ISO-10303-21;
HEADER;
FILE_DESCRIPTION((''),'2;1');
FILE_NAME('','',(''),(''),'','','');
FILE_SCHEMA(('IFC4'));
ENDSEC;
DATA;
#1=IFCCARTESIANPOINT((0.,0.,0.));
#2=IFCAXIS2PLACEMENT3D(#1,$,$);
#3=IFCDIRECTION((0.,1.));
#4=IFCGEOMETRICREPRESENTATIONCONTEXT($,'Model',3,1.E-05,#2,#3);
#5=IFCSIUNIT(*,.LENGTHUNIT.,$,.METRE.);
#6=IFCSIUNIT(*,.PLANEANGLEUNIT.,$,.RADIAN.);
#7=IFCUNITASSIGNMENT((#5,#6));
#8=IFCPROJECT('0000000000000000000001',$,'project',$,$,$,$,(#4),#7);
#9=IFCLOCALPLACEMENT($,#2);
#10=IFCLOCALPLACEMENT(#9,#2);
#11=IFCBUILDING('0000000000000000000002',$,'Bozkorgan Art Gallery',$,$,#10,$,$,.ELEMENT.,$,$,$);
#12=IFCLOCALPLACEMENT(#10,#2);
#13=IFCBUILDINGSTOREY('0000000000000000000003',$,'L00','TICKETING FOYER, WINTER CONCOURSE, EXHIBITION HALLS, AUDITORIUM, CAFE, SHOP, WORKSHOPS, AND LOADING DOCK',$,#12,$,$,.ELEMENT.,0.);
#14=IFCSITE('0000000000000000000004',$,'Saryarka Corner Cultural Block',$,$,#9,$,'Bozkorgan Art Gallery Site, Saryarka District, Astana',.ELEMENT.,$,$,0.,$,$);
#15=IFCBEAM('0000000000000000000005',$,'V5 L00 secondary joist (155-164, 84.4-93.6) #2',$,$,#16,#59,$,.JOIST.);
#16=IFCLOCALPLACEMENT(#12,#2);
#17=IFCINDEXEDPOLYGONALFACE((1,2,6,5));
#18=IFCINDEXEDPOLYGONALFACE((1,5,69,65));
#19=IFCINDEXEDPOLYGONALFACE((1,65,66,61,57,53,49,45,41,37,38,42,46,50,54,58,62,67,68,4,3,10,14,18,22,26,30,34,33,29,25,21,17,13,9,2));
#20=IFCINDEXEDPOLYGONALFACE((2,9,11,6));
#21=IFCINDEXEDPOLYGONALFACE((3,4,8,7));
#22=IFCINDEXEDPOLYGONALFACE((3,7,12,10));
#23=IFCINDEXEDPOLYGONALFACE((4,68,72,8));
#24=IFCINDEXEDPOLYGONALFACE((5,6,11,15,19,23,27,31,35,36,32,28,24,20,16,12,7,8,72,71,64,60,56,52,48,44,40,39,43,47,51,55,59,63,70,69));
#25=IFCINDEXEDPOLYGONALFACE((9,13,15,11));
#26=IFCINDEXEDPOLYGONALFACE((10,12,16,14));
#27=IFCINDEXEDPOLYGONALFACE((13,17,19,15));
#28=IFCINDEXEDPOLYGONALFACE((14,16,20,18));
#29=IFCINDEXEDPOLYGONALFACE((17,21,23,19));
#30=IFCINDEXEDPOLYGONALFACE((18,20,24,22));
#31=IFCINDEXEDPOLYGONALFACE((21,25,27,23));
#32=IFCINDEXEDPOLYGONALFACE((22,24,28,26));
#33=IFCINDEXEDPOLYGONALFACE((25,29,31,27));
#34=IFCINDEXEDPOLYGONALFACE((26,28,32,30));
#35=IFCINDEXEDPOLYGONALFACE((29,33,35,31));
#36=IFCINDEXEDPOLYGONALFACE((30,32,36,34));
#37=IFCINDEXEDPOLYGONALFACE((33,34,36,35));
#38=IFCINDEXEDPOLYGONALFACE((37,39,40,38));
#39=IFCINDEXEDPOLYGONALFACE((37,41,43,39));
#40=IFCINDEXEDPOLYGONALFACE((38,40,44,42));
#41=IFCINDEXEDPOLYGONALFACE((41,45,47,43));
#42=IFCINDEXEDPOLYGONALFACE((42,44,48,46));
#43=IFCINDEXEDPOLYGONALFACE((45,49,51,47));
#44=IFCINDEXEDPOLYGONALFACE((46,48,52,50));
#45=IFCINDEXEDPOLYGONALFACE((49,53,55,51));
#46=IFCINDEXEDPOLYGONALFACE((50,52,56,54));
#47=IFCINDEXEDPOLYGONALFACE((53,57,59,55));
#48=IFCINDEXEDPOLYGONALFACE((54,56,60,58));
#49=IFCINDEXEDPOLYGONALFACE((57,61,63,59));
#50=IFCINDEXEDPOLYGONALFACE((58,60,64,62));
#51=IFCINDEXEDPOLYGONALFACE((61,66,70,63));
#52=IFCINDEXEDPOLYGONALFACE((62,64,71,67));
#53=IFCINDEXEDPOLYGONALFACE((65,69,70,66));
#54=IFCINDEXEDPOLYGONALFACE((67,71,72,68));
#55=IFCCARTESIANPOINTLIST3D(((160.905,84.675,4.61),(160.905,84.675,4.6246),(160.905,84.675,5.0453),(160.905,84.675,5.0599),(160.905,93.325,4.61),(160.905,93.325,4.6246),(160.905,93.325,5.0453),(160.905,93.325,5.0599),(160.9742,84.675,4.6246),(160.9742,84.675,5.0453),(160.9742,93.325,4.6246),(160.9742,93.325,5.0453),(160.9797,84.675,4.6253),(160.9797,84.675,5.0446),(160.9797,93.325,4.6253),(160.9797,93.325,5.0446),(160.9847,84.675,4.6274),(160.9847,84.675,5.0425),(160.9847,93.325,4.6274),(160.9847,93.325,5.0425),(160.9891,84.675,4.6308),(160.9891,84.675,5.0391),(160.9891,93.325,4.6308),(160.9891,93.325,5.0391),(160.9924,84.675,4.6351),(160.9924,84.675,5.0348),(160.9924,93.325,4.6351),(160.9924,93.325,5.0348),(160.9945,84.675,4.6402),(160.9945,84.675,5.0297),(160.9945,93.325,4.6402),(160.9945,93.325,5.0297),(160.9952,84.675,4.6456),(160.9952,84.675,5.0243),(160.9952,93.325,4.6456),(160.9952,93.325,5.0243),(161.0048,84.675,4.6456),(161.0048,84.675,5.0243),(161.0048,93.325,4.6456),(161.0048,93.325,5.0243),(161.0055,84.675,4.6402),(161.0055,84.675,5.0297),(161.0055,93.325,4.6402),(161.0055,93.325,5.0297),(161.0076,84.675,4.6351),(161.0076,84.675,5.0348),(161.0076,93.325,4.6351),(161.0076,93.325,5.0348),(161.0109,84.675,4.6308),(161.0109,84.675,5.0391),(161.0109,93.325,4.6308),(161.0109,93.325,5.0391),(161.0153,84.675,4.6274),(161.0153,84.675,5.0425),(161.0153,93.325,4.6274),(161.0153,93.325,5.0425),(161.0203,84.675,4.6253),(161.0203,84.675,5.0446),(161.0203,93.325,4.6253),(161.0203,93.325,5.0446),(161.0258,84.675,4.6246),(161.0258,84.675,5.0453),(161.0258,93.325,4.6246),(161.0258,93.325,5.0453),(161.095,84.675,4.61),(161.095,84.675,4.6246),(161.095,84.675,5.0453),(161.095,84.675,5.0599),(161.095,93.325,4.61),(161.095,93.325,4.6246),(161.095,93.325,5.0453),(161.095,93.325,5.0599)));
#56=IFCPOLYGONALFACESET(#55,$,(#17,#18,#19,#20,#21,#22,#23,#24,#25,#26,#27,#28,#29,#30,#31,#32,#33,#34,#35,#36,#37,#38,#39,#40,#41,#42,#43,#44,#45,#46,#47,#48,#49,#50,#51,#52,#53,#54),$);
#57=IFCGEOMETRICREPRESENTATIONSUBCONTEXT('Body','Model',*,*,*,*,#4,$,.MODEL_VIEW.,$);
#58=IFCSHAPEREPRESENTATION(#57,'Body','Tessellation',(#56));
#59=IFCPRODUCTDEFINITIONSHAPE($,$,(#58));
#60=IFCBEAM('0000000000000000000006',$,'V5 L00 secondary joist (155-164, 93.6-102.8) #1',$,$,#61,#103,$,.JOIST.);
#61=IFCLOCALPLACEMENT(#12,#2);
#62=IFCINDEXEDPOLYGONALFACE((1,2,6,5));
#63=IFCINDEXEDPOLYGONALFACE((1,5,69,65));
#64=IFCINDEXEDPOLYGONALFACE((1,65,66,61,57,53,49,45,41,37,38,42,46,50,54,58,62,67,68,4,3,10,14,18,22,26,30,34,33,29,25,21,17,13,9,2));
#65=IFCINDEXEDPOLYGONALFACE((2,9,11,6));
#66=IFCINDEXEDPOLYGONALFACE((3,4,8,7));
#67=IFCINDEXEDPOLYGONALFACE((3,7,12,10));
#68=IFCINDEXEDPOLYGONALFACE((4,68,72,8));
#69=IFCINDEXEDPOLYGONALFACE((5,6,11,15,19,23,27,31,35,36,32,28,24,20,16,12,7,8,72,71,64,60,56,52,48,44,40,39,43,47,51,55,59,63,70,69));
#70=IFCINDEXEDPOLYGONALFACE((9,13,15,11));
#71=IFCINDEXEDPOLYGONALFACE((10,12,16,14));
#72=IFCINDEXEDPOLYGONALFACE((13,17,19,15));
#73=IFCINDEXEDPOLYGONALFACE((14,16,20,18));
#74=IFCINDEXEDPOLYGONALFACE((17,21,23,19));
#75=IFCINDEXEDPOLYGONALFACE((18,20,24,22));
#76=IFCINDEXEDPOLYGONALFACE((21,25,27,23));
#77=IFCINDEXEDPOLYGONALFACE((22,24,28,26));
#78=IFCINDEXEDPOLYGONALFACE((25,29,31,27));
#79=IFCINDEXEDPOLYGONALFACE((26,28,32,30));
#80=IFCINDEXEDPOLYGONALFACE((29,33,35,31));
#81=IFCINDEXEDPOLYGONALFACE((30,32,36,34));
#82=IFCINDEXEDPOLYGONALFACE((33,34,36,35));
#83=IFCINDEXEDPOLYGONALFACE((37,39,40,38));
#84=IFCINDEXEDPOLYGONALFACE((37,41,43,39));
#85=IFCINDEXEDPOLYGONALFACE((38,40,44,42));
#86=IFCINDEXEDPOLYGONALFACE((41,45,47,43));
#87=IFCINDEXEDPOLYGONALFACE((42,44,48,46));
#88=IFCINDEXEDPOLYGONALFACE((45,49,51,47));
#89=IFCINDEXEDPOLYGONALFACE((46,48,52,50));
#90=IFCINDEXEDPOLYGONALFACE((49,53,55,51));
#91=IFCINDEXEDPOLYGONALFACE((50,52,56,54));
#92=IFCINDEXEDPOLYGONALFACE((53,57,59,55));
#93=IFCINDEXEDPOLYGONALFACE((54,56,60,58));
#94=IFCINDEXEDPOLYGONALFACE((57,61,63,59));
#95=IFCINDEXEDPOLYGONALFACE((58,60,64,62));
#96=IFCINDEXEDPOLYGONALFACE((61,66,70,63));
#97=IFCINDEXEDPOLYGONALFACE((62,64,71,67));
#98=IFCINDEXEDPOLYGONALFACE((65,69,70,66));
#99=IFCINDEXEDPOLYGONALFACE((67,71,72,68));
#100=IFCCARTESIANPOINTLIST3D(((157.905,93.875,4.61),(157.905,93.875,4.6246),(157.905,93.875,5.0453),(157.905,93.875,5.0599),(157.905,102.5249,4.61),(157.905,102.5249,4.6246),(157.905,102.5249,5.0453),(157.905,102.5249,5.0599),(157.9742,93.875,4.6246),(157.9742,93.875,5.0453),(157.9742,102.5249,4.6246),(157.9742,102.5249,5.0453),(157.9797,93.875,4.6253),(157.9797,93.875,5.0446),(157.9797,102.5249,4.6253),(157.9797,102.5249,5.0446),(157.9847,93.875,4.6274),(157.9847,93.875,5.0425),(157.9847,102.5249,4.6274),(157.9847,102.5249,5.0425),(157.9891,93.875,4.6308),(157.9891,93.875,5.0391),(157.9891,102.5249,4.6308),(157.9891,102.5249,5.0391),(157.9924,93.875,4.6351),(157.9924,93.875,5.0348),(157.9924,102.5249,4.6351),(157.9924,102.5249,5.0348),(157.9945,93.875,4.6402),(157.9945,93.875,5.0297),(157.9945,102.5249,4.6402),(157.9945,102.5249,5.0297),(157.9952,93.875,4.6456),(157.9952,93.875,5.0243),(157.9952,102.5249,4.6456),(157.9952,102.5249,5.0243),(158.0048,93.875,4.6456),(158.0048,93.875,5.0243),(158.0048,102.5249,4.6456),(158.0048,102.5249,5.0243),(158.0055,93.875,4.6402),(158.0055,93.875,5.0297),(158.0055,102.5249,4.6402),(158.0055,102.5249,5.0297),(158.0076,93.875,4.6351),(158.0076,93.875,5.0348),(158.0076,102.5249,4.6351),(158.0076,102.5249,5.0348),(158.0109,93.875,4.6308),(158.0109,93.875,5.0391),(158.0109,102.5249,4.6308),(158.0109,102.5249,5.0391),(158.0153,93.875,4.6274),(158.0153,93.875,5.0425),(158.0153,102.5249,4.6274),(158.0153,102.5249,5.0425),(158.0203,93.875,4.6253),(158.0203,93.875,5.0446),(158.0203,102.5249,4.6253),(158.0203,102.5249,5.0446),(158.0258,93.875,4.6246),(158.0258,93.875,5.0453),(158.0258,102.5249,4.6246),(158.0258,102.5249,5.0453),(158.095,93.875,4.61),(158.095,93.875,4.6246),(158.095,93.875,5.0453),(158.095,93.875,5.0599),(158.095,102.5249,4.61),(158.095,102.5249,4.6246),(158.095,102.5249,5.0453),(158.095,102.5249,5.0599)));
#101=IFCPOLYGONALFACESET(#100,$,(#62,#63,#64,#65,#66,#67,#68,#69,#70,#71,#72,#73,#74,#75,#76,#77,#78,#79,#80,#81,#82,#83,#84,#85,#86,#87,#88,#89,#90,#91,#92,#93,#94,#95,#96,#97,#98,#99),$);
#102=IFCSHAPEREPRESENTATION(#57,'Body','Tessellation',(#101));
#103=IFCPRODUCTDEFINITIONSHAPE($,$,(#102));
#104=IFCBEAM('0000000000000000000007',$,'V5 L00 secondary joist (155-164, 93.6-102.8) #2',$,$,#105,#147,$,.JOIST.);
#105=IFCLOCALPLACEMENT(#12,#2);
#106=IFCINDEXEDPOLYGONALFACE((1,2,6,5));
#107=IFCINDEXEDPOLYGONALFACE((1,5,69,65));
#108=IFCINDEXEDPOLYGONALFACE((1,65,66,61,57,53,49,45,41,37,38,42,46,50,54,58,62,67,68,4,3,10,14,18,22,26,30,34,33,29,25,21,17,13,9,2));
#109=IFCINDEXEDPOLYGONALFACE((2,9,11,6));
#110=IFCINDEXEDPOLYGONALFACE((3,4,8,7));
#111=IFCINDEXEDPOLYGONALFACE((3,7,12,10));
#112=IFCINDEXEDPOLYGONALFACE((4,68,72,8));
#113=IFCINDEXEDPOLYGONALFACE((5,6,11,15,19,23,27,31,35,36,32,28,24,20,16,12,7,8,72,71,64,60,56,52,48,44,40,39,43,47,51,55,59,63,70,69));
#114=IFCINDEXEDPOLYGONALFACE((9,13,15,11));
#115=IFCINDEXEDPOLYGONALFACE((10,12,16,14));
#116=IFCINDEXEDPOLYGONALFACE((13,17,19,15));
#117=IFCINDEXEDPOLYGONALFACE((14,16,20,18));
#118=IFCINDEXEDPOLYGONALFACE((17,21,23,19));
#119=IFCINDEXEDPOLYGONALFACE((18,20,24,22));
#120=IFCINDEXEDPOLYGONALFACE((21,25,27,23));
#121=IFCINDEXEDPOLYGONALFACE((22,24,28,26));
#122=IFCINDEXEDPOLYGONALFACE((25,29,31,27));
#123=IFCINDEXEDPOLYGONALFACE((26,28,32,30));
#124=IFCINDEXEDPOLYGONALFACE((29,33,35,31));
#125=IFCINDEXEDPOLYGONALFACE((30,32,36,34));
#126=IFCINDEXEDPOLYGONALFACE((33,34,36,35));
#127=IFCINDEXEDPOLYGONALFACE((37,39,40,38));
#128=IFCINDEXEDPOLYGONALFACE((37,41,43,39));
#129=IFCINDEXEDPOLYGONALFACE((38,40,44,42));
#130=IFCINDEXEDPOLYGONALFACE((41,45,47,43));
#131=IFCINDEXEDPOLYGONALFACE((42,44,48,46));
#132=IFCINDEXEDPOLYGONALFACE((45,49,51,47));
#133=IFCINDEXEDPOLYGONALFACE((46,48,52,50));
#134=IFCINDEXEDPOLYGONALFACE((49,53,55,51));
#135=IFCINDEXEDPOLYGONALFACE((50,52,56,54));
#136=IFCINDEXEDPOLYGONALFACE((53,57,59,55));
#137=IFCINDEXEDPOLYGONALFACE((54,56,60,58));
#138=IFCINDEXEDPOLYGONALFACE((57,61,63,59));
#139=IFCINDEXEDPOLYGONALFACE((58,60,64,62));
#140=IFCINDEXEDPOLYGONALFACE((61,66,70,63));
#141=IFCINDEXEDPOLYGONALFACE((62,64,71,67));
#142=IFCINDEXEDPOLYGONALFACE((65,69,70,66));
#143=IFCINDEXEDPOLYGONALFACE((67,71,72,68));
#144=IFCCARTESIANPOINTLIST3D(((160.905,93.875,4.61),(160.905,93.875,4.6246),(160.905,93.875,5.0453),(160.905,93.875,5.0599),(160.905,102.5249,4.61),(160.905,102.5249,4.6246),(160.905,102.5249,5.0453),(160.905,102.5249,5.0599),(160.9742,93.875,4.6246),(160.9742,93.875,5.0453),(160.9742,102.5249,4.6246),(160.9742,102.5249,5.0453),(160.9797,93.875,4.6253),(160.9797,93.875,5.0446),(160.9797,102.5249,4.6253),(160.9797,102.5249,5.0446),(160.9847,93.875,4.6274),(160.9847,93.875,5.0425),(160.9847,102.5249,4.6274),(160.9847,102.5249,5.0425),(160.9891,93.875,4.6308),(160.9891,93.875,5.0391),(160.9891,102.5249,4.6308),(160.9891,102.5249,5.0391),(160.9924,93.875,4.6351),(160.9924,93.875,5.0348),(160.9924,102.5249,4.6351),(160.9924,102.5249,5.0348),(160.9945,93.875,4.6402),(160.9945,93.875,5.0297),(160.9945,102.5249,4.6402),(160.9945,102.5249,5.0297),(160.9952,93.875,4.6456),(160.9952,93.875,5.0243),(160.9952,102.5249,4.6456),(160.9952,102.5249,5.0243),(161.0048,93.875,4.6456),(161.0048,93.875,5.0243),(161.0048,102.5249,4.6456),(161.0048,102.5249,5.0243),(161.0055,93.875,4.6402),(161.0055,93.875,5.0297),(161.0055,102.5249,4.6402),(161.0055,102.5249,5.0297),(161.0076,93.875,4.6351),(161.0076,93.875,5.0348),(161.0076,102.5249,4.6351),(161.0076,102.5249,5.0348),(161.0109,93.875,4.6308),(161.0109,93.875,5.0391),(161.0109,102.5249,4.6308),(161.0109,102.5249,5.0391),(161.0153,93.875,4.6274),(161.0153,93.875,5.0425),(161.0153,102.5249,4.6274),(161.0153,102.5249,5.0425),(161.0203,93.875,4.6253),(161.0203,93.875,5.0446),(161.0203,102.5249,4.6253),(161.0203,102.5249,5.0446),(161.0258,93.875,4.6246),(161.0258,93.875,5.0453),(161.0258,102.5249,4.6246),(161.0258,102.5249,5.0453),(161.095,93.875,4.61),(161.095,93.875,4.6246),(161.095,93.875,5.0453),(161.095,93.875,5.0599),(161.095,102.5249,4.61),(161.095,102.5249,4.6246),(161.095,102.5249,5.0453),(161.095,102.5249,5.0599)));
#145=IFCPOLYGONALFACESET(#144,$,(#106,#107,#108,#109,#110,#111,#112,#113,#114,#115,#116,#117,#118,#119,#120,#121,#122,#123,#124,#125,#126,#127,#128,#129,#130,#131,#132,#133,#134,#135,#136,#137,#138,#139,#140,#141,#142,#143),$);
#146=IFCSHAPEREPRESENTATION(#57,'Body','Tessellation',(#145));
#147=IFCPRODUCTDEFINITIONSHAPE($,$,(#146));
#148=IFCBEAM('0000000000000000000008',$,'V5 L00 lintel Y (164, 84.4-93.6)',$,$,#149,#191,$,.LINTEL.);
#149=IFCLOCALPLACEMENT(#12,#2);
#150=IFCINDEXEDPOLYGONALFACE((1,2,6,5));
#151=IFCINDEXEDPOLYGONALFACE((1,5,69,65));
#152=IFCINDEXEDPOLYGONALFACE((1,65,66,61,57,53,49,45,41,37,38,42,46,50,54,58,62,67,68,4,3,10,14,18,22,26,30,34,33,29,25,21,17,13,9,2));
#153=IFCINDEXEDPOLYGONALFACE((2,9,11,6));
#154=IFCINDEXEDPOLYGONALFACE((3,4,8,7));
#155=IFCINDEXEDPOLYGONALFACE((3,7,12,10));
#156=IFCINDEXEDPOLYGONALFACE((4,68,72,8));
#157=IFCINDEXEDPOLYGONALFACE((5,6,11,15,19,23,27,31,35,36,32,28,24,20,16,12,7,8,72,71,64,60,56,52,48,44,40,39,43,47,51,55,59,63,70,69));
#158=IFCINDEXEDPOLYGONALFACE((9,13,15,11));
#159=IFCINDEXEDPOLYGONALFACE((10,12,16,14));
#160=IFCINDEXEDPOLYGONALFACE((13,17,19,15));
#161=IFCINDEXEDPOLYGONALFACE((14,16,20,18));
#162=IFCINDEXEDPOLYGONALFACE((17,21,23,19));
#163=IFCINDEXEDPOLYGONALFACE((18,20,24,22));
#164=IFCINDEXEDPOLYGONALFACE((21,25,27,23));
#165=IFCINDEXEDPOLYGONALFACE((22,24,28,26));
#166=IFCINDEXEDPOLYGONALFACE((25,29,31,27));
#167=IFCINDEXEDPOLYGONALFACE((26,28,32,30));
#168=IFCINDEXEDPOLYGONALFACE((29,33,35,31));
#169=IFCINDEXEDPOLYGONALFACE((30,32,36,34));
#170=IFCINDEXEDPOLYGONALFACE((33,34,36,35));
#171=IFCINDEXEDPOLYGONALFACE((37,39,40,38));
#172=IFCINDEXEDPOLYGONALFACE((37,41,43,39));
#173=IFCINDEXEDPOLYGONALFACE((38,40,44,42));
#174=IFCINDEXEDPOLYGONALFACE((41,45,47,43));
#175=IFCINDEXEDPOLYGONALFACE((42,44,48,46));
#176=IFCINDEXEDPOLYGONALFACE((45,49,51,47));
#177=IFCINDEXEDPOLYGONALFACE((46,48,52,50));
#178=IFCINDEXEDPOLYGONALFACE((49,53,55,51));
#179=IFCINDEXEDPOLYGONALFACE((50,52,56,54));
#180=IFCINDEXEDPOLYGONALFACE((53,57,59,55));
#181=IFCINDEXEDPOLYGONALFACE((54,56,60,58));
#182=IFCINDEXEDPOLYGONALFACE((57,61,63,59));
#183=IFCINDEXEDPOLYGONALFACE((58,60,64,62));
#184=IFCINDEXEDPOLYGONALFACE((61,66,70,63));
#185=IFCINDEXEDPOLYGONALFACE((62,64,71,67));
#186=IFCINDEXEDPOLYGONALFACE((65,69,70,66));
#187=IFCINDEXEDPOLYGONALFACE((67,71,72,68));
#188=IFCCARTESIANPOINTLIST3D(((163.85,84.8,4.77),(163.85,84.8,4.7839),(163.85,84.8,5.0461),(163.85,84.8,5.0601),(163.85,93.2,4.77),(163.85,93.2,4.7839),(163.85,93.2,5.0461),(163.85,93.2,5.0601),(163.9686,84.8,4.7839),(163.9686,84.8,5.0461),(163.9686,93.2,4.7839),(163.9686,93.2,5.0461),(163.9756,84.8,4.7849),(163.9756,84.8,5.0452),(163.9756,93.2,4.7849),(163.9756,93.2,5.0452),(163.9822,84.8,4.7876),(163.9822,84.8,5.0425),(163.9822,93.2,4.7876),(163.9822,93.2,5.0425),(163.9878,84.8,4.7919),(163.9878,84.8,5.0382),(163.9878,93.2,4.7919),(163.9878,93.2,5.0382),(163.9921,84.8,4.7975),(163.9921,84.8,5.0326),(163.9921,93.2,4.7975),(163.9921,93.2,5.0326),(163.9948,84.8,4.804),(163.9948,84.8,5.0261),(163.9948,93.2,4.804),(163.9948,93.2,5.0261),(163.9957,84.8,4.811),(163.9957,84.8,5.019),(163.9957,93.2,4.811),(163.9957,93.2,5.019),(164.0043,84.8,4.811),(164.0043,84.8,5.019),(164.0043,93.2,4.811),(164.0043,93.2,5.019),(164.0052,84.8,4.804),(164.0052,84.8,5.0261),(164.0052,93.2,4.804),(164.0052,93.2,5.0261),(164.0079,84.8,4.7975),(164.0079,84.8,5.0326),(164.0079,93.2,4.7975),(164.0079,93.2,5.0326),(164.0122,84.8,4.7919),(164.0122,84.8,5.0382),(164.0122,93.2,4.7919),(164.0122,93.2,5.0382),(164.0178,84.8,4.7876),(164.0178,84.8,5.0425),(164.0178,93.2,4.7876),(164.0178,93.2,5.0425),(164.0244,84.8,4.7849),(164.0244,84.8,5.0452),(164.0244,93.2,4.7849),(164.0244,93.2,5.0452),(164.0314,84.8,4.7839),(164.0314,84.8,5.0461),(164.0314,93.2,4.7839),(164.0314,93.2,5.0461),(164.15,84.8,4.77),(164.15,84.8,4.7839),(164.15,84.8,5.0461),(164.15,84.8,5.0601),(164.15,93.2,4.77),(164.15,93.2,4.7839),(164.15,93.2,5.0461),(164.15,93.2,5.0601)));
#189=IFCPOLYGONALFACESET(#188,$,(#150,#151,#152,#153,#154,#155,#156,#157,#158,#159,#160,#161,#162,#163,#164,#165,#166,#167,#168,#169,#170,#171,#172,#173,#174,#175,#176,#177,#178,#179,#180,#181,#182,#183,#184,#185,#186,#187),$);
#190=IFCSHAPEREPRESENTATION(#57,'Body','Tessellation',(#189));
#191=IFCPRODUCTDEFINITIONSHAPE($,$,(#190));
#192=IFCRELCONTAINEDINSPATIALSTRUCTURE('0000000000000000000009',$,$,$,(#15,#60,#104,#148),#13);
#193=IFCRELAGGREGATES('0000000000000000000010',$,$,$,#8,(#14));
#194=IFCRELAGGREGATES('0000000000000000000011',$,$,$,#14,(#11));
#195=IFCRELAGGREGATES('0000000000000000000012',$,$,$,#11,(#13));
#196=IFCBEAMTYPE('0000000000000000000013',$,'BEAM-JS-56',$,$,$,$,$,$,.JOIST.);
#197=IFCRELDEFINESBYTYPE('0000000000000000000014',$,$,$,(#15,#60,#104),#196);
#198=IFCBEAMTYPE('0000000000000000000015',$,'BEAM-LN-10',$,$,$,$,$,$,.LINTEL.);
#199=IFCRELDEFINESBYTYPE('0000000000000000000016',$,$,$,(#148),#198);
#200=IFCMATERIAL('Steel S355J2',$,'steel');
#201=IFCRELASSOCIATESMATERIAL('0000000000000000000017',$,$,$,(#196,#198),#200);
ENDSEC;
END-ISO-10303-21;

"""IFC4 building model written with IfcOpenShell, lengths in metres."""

from ifc_helpers import new_model, si_unit, direction, frame, origin, origin_2d, place, context, subcontext, project, spatial, i_section, extrude, material, material_profile, profile_set, type_object, element, save


model = new_model("IFC4")

# Units and contexts
model_context = context("Model", 3, precision=1e-05, world=origin(), true_north=direction((0.0, 1.0)))
body_context = subcontext(model_context, "Body", "Model", "MODEL_VIEW")
ifc_project = project(units=[si_unit("LENGTHUNIT", "METRE"), si_unit("PLANEANGLEUNIT", "RADIAN")], contexts=[model_context])

# Site, building, storey
site_placement = place(None, origin())
site = spatial("IfcSite", under=ifc_project, at=site_placement, Name="Saryarka Corner Cultural Block", LongName="Bozkorgan Art Gallery Site, Saryarka District, Astana", CompositionType="ELEMENT", RefElevation=0.0)
building_placement = place(site_placement, origin())
building = spatial("IfcBuilding", under=site, at=building_placement, Name="Bozkorgan Art Gallery", CompositionType="ELEMENT")
storey_placement = place(building_placement, origin())
storey = spatial("IfcBuildingStorey", under=building, at=storey_placement, Name="L00", Description="TICKETING FOYER, WINTER CONCOURSE, EXHIBITION HALLS, AUDITORIUM, CAFE, SHOP, WORKSHOPS, AND LOADING DOCK", CompositionType="ELEMENT", Elevation=0.0)

# Beams
ifc_material_1 = material(Name="Steel S355J2", Category="steel")
ifc_material_profile_1 = material_profile(ifc_material_1, i_section(OverallWidth=0.1899, OverallDepth=0.45, WebThickness=0.0095, FlangeThickness=0.0146, FilletRadius=0.021, at=origin_2d()), Name="IPE 450")
ifc_profile_set_1 = profile_set([ifc_material_profile_1], Name="Steel S355J2")
beam_type_1 = type_object("IfcBeamType", Name="BEAM-JS-56", PredefinedType="JOIST", material=ifc_profile_set_1)
for number, where, z_axis, x_axis, name in (
    (1, (161.0, 84.675, 4.835), (0.0, 1.0, 0.0), (-1.0, 0.0, 0.0), "V5 L00 secondary joist (155-164, 84.4-93.6) #2"),
    (2, (158.0, 93.875, 4.835), (0.0, 1.0, 0.0), (-1.0, 0.0, 0.0), "V5 L00 secondary joist (155-164, 93.6-102.8) #1"),
    (3, (161.0, 93.875, 4.835), (0.0, 1.0, 0.0), (-1.0, 0.0, 0.0), "V5 L00 secondary joist (155-164, 93.6-102.8) #2"),
):
    element("IfcBeam", number, at=place(storey_placement, frame(where, z_axis=z_axis, x_axis=x_axis)), inside=storey, type_object=beam_type_1, Name=name, PredefinedType="JOIST", context=body_context, shape_type="SweptSolid", body=[
        extrude(i_section(OverallWidth=0.1899, OverallDepth=0.45, WebThickness=0.0095, FlangeThickness=0.0146, FilletRadius=0.021, at=origin_2d()), origin(), (0.0, 0.0, 1.0), 8.6499),
    ])
ifc_material_profile_2 = material_profile(ifc_material_1, i_section(OverallWidth=0.3, OverallDepth=0.29, WebThickness=0.0085, FlangeThickness=0.0139, FilletRadius=0.0271, at=origin_2d()), Name="HEA 300")
ifc_profile_set_2 = profile_set([ifc_material_profile_2], Name="Steel S355J2")
beam_type_2 = type_object("IfcBeamType", Name="BEAM-LN-10", PredefinedType="LINTEL", material=ifc_profile_set_2)
beam_1_placement = place(storey_placement, frame((164.0, 84.8, 4.915), z_axis=(0.0, 1.0, 0.0), x_axis=(-1.0, 0.0, 0.0)))
element("IfcBeam", 4, at=beam_1_placement, inside=storey, type_object=beam_type_2, Name="V5 L00 lintel Y (164, 84.4-93.6)", PredefinedType="LINTEL", context=body_context, shape_type="SweptSolid", body=[
    extrude(i_section(OverallWidth=0.3, OverallDepth=0.29, WebThickness=0.0085, FlangeThickness=0.0139, FilletRadius=0.0271, at=origin_2d()), origin(), (0.0, 0.0, 1.0), 8.3999),
])

save(model, "model.ifc")
